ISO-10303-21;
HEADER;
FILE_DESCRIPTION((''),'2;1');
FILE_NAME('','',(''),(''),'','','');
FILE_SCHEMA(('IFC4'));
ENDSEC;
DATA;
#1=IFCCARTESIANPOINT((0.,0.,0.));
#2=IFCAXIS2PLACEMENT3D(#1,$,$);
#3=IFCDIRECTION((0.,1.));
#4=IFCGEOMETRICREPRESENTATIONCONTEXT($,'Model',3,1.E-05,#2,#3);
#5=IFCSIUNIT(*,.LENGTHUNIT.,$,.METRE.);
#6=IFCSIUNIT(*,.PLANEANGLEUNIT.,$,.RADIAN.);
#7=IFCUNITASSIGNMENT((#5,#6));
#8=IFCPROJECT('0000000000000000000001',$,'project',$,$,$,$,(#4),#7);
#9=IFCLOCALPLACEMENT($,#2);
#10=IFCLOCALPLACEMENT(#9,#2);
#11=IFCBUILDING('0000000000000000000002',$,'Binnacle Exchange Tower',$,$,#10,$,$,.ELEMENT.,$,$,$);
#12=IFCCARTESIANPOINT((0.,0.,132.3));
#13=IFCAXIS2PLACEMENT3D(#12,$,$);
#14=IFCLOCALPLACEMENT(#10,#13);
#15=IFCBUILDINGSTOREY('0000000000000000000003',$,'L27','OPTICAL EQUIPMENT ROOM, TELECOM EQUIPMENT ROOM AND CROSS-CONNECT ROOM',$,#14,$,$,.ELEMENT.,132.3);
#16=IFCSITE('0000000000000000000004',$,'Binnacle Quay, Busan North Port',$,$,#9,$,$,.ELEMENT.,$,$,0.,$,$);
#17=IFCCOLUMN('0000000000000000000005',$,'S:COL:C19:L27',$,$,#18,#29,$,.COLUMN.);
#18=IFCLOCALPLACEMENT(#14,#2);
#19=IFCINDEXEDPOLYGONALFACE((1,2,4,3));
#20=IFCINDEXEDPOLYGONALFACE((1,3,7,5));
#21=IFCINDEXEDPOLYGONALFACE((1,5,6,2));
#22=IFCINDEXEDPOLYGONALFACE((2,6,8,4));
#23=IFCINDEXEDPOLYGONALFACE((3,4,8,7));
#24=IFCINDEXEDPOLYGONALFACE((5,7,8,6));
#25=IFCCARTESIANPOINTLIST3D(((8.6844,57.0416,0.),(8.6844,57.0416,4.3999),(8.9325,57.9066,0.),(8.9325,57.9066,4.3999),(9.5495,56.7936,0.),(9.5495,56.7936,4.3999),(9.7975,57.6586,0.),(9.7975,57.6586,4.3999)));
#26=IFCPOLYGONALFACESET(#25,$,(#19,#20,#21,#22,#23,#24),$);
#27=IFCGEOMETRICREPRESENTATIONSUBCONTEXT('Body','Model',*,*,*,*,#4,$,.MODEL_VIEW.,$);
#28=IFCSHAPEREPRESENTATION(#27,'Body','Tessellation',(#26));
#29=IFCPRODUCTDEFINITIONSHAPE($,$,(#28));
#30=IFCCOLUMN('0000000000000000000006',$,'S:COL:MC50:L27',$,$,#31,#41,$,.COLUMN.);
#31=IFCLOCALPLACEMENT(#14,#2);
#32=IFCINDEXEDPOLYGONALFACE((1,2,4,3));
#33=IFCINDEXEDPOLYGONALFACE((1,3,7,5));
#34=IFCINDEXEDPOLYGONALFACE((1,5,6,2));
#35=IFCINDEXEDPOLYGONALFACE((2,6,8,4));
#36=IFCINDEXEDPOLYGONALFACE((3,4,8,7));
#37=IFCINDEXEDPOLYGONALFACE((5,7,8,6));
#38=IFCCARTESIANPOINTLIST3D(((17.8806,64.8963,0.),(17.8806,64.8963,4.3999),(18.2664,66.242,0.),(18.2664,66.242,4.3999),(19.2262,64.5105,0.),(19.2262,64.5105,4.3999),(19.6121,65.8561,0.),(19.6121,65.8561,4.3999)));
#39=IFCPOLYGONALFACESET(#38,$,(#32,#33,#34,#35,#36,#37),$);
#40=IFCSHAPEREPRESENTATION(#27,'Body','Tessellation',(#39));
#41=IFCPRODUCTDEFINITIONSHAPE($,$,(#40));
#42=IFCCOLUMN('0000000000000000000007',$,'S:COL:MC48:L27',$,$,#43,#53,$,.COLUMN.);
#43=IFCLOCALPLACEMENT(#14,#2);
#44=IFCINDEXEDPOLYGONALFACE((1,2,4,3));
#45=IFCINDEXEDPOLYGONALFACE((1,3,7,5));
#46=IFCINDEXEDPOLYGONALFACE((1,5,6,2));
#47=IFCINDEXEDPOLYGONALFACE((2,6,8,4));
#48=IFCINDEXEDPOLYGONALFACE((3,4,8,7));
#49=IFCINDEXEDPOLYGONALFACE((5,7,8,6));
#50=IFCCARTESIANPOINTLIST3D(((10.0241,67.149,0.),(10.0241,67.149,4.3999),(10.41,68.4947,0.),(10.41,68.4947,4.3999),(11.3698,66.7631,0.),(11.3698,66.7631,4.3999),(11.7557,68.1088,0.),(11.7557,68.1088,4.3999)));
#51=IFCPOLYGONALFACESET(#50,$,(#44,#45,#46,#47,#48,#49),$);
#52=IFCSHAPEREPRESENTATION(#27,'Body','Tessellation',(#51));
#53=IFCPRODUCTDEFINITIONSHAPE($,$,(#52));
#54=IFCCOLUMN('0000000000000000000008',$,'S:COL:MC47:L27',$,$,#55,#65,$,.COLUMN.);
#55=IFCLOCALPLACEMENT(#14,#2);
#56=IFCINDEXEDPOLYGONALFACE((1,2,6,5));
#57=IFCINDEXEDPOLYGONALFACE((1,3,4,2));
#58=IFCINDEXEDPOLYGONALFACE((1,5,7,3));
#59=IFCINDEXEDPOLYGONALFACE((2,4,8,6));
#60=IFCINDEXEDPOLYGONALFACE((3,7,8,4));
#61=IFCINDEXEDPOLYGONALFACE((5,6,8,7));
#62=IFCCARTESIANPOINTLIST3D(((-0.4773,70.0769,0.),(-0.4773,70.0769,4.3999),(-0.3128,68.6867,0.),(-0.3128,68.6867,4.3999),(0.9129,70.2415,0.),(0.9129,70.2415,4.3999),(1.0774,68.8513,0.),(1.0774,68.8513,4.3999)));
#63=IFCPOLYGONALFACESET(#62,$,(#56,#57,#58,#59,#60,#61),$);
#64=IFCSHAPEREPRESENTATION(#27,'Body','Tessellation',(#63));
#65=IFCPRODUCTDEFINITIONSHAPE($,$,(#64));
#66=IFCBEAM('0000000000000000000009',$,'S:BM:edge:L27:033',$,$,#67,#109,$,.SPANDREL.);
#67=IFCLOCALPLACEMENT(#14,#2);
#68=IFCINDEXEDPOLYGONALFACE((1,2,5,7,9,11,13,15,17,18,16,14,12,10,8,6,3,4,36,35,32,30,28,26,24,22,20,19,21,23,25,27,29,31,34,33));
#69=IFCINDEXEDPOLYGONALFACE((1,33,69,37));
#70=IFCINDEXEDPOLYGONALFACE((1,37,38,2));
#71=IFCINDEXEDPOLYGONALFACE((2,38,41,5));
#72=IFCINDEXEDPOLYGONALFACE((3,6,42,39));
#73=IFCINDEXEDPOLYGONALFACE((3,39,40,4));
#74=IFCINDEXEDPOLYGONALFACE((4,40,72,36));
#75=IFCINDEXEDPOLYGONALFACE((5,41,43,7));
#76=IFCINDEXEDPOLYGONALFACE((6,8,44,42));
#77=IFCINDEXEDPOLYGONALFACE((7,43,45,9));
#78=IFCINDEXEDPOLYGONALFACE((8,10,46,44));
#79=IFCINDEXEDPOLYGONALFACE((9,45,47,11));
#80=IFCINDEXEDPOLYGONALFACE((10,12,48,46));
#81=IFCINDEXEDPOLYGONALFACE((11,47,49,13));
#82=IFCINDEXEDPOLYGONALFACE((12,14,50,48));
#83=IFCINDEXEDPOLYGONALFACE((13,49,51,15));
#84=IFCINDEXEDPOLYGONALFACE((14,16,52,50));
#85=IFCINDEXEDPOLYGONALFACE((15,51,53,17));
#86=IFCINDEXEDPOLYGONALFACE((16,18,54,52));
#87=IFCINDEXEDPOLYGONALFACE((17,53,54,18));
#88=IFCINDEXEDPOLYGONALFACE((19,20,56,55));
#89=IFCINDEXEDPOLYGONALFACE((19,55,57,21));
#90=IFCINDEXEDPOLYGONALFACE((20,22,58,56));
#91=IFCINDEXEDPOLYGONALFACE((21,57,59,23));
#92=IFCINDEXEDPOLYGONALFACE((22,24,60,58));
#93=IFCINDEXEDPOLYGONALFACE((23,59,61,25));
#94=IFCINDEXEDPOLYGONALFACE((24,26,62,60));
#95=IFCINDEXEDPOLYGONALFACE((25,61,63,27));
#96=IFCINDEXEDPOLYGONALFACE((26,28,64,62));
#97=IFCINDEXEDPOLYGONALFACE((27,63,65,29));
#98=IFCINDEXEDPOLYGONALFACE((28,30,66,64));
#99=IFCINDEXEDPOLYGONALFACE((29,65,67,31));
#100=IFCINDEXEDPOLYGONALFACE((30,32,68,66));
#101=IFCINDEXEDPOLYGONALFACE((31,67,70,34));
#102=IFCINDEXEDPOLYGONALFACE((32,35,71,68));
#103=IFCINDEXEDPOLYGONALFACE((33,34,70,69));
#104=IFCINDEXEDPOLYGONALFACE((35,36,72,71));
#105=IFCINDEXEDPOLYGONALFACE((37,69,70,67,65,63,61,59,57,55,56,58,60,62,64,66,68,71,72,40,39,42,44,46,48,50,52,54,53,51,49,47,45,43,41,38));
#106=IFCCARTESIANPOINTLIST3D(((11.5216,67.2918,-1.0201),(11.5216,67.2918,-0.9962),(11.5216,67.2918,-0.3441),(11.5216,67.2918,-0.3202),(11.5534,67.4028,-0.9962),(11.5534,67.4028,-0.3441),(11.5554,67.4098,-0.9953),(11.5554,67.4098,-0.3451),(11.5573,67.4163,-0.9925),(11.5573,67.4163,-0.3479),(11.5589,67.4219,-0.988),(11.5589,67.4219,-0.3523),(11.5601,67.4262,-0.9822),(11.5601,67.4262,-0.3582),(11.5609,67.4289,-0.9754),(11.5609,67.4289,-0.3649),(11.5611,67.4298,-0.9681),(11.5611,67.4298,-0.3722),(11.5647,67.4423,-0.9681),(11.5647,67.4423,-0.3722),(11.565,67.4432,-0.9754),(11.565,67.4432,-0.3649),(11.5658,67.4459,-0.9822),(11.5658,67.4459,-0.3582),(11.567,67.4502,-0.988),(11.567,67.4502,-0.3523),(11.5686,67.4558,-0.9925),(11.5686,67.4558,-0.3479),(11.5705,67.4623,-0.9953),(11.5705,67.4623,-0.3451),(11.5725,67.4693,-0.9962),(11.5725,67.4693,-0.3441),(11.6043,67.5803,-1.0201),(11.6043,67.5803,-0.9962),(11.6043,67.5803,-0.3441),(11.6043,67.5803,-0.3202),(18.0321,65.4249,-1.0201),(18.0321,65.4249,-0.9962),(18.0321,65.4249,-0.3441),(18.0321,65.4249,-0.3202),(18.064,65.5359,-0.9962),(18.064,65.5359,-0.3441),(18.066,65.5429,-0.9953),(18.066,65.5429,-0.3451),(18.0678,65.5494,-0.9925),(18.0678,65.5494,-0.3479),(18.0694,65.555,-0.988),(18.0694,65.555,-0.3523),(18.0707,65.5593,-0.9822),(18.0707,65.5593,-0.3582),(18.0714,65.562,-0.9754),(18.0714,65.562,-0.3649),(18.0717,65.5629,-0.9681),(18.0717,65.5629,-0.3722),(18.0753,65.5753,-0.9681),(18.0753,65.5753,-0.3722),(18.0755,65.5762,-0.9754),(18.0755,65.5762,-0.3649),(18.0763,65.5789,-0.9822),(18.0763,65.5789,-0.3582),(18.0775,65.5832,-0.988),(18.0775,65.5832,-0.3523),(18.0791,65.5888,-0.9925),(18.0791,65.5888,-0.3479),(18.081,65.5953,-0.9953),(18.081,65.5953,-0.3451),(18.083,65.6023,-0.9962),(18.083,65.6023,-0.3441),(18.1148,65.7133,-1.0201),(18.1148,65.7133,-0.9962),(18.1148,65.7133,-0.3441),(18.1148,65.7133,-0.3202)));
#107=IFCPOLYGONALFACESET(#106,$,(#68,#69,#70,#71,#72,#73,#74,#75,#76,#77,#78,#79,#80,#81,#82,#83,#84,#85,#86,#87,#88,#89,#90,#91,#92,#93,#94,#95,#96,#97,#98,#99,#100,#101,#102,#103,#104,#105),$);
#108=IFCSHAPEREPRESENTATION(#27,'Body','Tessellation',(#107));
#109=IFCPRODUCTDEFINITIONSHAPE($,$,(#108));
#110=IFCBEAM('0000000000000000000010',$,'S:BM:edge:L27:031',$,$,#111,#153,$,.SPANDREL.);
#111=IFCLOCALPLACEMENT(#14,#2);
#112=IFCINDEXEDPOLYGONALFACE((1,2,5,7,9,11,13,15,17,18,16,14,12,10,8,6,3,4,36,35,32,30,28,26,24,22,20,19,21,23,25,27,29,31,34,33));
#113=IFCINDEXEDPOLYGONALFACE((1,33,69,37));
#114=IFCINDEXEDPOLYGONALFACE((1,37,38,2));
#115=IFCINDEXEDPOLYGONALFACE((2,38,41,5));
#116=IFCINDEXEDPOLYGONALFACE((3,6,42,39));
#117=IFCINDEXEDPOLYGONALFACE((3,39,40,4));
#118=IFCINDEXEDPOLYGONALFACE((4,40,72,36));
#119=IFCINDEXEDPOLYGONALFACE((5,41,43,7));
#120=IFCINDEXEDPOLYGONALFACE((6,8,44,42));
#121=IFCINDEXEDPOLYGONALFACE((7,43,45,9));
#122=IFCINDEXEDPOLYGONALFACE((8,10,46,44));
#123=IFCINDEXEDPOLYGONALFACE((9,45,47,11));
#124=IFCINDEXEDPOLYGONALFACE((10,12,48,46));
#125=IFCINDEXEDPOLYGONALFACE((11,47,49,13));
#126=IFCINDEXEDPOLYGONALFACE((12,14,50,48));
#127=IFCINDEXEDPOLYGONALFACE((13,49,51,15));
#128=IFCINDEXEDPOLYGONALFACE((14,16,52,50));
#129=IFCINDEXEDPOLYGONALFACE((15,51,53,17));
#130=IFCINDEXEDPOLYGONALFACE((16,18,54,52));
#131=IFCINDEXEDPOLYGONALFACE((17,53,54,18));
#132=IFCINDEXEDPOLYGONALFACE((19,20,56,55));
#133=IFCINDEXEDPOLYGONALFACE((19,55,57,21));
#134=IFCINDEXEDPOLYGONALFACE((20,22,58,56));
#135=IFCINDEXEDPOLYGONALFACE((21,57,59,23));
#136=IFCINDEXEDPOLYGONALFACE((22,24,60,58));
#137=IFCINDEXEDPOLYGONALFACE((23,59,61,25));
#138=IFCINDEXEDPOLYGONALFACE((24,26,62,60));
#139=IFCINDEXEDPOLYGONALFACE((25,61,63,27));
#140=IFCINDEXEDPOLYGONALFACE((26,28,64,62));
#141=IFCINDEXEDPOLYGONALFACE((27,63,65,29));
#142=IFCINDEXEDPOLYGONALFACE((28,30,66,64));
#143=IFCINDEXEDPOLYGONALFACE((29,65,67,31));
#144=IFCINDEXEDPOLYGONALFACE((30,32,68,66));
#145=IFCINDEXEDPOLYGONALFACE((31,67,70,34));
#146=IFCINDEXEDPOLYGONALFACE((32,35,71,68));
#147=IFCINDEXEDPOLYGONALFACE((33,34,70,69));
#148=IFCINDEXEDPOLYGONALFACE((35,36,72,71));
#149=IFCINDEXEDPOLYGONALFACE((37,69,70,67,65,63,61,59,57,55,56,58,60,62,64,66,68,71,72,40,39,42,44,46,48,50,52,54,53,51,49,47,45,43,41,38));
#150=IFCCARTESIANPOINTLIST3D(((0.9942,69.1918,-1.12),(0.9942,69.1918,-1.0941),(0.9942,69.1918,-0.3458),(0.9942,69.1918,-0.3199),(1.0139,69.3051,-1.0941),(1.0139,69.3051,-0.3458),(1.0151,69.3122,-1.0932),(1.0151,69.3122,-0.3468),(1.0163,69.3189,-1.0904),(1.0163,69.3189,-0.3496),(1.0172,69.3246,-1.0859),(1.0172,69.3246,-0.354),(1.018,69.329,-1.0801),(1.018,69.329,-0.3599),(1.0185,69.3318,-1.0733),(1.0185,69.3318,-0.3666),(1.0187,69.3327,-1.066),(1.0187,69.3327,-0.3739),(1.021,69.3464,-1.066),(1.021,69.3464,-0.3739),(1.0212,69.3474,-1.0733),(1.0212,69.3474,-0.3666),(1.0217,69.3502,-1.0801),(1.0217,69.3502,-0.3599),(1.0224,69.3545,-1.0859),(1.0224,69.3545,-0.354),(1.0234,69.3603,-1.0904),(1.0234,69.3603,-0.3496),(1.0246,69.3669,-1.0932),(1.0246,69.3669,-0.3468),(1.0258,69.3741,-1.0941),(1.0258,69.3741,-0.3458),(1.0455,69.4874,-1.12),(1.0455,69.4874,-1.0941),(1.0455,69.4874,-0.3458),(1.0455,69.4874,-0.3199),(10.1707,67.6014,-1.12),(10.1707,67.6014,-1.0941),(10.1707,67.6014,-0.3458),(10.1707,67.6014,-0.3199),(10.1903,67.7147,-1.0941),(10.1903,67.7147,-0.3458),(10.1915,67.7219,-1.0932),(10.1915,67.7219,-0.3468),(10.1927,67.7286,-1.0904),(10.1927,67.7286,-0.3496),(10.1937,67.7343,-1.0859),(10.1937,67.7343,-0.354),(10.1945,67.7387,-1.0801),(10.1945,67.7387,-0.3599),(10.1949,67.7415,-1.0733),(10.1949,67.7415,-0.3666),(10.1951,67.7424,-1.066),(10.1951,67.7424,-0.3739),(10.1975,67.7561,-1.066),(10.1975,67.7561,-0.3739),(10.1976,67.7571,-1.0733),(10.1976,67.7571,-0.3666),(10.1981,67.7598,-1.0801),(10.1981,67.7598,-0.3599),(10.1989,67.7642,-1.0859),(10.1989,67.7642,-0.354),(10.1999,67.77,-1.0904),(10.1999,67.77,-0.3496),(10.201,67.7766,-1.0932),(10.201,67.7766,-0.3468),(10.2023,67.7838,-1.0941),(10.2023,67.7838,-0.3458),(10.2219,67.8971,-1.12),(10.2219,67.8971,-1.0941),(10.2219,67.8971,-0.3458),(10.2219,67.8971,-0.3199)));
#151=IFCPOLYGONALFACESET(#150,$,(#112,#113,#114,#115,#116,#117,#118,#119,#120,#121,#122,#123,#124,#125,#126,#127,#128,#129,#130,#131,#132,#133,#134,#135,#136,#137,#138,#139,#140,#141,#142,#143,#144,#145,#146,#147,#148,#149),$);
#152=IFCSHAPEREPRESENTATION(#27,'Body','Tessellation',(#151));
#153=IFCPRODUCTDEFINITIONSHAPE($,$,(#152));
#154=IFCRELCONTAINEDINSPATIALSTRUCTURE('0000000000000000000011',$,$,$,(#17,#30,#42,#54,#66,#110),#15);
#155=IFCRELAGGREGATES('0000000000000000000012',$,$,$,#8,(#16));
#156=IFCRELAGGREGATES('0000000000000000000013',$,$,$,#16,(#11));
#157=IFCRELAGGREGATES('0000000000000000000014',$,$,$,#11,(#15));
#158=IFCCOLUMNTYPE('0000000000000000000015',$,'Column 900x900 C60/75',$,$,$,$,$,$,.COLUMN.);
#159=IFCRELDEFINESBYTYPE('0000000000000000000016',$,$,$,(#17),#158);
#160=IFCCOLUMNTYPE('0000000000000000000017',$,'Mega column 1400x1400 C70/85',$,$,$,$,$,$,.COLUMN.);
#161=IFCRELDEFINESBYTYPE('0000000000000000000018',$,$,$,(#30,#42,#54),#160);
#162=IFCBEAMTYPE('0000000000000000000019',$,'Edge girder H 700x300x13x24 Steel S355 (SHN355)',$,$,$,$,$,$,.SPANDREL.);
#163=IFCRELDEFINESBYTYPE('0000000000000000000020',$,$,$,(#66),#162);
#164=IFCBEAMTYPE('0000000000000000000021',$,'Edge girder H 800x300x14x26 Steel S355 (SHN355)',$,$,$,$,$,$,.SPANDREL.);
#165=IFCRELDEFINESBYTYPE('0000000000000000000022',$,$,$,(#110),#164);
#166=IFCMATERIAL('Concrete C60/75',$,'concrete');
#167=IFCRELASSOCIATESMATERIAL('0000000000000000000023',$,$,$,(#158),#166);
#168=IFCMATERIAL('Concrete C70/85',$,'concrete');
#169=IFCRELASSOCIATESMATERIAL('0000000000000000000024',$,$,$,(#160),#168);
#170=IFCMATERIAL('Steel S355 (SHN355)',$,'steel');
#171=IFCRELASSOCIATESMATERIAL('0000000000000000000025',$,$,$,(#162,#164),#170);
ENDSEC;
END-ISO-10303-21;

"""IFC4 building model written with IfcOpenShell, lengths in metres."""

from ifc_helpers import new_model, si_unit, direction, frame, origin, origin_2d, place, context, subcontext, project, spatial, rectangle, i_section, extrude, material, material_profile, profile_set, type_object, element, save


model = new_model("IFC4")

# Units and contexts
model_context = context("Model", 3, precision=1e-05, world=origin(), true_north=direction((0.0, 1.0)))
body_context = subcontext(model_context, "Body", "Model", "MODEL_VIEW")
ifc_project = project(units=[si_unit("LENGTHUNIT", "METRE"), si_unit("PLANEANGLEUNIT", "RADIAN")], contexts=[model_context])

# Site, building, storey
site_placement = place(None, origin())
site = spatial("IfcSite", under=ifc_project, at=site_placement, Name="Binnacle Quay, Busan North Port", CompositionType="ELEMENT", RefElevation=0.0)
building_placement = place(site_placement, origin())
building = spatial("IfcBuilding", under=site, at=building_placement, Name="Binnacle Exchange Tower", CompositionType="ELEMENT")
storey_placement = place(building_placement, frame((0.0, 0.0, 132.3)))
storey = spatial("IfcBuildingStorey", under=building, at=storey_placement, Name="L27", Description="OPTICAL EQUIPMENT ROOM, TELECOM EQUIPMENT ROOM AND CROSS-CONNECT ROOM", CompositionType="ELEMENT", Elevation=132.3)

# Columns
ifc_material_1 = material(Name="Concrete C60/75", Category="concrete")
ifc_material_profile_1 = material_profile(ifc_material_1, rectangle(XDim=0.8999, YDim=0.8999, at=origin_2d()), Name="Column 900x900 C60/75")
ifc_profile_set_1 = profile_set([ifc_material_profile_1], Name="Concrete C60/75")
column_type_1 = type_object("IfcColumnType", Name="Column 900x900 C60/75", PredefinedType="COLUMN", material=ifc_profile_set_1)
column_placement = place(storey_placement, frame((9.241, 57.3501, 0.0), z_axis=(0.0, 0.0, 1.0), x_axis=(0.961262, -0.275637, 0.0)))
element("IfcColumn", 1, at=column_placement, inside=storey, type_object=column_type_1, Name="S:COL:C19:L27", PredefinedType="COLUMN", context=body_context, shape_type="SweptSolid", body=[
    extrude(rectangle(XDim=0.8999, YDim=0.8999, at=origin_2d()), origin(), (0.0, 0.0, 1.0), 4.3999),
])
ifc_material_2 = material(Name="Concrete C70/85", Category="concrete")
ifc_material_profile_2 = material_profile(ifc_material_2, rectangle(XDim=1.3999, YDim=1.3999, at=origin_2d()), Name="Mega column 1400x1400 C70/85")
ifc_profile_set_2 = profile_set([ifc_material_profile_2], Name="Concrete C70/85")
column_type_2 = type_object("IfcColumnType", Name="Mega column 1400x1400 C70/85", PredefinedType="COLUMN", material=ifc_profile_set_2)
for number, where, z_axis, x_axis, name in (
    (2, (18.7463, 65.3762, 0.0), (0.0, 0.0, 1.0), (-0.961262, 0.275637, 0.0), "S:COL:MC50:L27"),
    (3, (10.8899, 67.6289, 0.0), (0.0, 0.0, 1.0), (-0.961262, 0.275637, 0.0), "S:COL:MC48:L27"),
    (4, (0.3, 69.4641, 0.0), (0.0, 0.0, 1.0), (-0.993068, -0.117537, 0.0), "S:COL:MC47:L27"),
):
    element("IfcColumn", number, at=place(storey_placement, frame(where, z_axis=z_axis, x_axis=x_axis)), inside=storey, type_object=column_type_2, Name=name, PredefinedType="COLUMN", context=body_context, shape_type="SweptSolid", body=[
        extrude(rectangle(XDim=1.3999, YDim=1.3999, at=origin_2d()), origin(), (0.0, 0.0, 1.0), 4.3999),
    ])

# Beams
ifc_material_3 = material(Name="Steel S355 (SHN355)", Category="steel")
ifc_material_profile_3 = material_profile(ifc_material_3, i_section(OverallWidth=0.3, OverallDepth=0.7, WebThickness=0.0129, FlangeThickness=0.0239, FilletRadius=0.0281, at=origin_2d()), Name="H 700x300x13x24")
ifc_profile_set_3 = profile_set([ifc_material_profile_3], Name="Steel S355 (SHN355)")
beam_type_1 = type_object("IfcBeamType", Name="Edge girder H 700x300x13x24 Steel S355 (SHN355)", PredefinedType="SPANDREL", material=ifc_profile_set_3)
beam_1_placement = place(storey_placement, frame((18.0735, 65.5691, -0.6702), z_axis=(-0.961258, 0.275649, 0.0), x_axis=(-0.275649, -0.961258, 0.0)))
element("IfcBeam", 5, at=beam_1_placement, inside=storey, type_object=beam_type_1, Name="S:BM:edge:L27:033", PredefinedType="SPANDREL", context=body_context, shape_type="SweptSolid", body=[
    extrude(i_section(OverallWidth=0.3, OverallDepth=0.7, WebThickness=0.0129, FlangeThickness=0.0239, FilletRadius=0.0281, at=origin_2d()), origin(), (0.0, 0.0, 1.0), 6.7729),
])
ifc_material_profile_4 = material_profile(ifc_material_3, i_section(OverallWidth=0.3, OverallDepth=0.8, WebThickness=0.0139, FlangeThickness=0.0259, FilletRadius=0.0281, at=origin_2d()), Name="H 800x300x14x26")
ifc_profile_set_4 = profile_set([ifc_material_profile_4], Name="Steel S355 (SHN355)")
beam_type_2 = type_object("IfcBeamType", Name="Edge girder H 800x300x14x26 Steel S355 (SHN355)", PredefinedType="SPANDREL", material=ifc_profile_set_4)
beam_2_placement = place(storey_placement, frame((10.1963, 67.7493, -0.72), z_axis=(-0.985313, 0.170759, 0.0), x_axis=(-0.170759, -0.985313, 0.0)))
element("IfcBeam", 6, at=beam_2_placement, inside=storey, type_object=beam_type_2, Name="S:BM:edge:L27:031", PredefinedType="SPANDREL", context=body_context, shape_type="SweptSolid", body=[
    extrude(i_section(OverallWidth=0.3, OverallDepth=0.8, WebThickness=0.0139, FlangeThickness=0.0259, FilletRadius=0.0281, at=origin_2d()), origin(), (0.0, 0.0, 1.0), 9.3132),
])

save(model, "model.ifc")
